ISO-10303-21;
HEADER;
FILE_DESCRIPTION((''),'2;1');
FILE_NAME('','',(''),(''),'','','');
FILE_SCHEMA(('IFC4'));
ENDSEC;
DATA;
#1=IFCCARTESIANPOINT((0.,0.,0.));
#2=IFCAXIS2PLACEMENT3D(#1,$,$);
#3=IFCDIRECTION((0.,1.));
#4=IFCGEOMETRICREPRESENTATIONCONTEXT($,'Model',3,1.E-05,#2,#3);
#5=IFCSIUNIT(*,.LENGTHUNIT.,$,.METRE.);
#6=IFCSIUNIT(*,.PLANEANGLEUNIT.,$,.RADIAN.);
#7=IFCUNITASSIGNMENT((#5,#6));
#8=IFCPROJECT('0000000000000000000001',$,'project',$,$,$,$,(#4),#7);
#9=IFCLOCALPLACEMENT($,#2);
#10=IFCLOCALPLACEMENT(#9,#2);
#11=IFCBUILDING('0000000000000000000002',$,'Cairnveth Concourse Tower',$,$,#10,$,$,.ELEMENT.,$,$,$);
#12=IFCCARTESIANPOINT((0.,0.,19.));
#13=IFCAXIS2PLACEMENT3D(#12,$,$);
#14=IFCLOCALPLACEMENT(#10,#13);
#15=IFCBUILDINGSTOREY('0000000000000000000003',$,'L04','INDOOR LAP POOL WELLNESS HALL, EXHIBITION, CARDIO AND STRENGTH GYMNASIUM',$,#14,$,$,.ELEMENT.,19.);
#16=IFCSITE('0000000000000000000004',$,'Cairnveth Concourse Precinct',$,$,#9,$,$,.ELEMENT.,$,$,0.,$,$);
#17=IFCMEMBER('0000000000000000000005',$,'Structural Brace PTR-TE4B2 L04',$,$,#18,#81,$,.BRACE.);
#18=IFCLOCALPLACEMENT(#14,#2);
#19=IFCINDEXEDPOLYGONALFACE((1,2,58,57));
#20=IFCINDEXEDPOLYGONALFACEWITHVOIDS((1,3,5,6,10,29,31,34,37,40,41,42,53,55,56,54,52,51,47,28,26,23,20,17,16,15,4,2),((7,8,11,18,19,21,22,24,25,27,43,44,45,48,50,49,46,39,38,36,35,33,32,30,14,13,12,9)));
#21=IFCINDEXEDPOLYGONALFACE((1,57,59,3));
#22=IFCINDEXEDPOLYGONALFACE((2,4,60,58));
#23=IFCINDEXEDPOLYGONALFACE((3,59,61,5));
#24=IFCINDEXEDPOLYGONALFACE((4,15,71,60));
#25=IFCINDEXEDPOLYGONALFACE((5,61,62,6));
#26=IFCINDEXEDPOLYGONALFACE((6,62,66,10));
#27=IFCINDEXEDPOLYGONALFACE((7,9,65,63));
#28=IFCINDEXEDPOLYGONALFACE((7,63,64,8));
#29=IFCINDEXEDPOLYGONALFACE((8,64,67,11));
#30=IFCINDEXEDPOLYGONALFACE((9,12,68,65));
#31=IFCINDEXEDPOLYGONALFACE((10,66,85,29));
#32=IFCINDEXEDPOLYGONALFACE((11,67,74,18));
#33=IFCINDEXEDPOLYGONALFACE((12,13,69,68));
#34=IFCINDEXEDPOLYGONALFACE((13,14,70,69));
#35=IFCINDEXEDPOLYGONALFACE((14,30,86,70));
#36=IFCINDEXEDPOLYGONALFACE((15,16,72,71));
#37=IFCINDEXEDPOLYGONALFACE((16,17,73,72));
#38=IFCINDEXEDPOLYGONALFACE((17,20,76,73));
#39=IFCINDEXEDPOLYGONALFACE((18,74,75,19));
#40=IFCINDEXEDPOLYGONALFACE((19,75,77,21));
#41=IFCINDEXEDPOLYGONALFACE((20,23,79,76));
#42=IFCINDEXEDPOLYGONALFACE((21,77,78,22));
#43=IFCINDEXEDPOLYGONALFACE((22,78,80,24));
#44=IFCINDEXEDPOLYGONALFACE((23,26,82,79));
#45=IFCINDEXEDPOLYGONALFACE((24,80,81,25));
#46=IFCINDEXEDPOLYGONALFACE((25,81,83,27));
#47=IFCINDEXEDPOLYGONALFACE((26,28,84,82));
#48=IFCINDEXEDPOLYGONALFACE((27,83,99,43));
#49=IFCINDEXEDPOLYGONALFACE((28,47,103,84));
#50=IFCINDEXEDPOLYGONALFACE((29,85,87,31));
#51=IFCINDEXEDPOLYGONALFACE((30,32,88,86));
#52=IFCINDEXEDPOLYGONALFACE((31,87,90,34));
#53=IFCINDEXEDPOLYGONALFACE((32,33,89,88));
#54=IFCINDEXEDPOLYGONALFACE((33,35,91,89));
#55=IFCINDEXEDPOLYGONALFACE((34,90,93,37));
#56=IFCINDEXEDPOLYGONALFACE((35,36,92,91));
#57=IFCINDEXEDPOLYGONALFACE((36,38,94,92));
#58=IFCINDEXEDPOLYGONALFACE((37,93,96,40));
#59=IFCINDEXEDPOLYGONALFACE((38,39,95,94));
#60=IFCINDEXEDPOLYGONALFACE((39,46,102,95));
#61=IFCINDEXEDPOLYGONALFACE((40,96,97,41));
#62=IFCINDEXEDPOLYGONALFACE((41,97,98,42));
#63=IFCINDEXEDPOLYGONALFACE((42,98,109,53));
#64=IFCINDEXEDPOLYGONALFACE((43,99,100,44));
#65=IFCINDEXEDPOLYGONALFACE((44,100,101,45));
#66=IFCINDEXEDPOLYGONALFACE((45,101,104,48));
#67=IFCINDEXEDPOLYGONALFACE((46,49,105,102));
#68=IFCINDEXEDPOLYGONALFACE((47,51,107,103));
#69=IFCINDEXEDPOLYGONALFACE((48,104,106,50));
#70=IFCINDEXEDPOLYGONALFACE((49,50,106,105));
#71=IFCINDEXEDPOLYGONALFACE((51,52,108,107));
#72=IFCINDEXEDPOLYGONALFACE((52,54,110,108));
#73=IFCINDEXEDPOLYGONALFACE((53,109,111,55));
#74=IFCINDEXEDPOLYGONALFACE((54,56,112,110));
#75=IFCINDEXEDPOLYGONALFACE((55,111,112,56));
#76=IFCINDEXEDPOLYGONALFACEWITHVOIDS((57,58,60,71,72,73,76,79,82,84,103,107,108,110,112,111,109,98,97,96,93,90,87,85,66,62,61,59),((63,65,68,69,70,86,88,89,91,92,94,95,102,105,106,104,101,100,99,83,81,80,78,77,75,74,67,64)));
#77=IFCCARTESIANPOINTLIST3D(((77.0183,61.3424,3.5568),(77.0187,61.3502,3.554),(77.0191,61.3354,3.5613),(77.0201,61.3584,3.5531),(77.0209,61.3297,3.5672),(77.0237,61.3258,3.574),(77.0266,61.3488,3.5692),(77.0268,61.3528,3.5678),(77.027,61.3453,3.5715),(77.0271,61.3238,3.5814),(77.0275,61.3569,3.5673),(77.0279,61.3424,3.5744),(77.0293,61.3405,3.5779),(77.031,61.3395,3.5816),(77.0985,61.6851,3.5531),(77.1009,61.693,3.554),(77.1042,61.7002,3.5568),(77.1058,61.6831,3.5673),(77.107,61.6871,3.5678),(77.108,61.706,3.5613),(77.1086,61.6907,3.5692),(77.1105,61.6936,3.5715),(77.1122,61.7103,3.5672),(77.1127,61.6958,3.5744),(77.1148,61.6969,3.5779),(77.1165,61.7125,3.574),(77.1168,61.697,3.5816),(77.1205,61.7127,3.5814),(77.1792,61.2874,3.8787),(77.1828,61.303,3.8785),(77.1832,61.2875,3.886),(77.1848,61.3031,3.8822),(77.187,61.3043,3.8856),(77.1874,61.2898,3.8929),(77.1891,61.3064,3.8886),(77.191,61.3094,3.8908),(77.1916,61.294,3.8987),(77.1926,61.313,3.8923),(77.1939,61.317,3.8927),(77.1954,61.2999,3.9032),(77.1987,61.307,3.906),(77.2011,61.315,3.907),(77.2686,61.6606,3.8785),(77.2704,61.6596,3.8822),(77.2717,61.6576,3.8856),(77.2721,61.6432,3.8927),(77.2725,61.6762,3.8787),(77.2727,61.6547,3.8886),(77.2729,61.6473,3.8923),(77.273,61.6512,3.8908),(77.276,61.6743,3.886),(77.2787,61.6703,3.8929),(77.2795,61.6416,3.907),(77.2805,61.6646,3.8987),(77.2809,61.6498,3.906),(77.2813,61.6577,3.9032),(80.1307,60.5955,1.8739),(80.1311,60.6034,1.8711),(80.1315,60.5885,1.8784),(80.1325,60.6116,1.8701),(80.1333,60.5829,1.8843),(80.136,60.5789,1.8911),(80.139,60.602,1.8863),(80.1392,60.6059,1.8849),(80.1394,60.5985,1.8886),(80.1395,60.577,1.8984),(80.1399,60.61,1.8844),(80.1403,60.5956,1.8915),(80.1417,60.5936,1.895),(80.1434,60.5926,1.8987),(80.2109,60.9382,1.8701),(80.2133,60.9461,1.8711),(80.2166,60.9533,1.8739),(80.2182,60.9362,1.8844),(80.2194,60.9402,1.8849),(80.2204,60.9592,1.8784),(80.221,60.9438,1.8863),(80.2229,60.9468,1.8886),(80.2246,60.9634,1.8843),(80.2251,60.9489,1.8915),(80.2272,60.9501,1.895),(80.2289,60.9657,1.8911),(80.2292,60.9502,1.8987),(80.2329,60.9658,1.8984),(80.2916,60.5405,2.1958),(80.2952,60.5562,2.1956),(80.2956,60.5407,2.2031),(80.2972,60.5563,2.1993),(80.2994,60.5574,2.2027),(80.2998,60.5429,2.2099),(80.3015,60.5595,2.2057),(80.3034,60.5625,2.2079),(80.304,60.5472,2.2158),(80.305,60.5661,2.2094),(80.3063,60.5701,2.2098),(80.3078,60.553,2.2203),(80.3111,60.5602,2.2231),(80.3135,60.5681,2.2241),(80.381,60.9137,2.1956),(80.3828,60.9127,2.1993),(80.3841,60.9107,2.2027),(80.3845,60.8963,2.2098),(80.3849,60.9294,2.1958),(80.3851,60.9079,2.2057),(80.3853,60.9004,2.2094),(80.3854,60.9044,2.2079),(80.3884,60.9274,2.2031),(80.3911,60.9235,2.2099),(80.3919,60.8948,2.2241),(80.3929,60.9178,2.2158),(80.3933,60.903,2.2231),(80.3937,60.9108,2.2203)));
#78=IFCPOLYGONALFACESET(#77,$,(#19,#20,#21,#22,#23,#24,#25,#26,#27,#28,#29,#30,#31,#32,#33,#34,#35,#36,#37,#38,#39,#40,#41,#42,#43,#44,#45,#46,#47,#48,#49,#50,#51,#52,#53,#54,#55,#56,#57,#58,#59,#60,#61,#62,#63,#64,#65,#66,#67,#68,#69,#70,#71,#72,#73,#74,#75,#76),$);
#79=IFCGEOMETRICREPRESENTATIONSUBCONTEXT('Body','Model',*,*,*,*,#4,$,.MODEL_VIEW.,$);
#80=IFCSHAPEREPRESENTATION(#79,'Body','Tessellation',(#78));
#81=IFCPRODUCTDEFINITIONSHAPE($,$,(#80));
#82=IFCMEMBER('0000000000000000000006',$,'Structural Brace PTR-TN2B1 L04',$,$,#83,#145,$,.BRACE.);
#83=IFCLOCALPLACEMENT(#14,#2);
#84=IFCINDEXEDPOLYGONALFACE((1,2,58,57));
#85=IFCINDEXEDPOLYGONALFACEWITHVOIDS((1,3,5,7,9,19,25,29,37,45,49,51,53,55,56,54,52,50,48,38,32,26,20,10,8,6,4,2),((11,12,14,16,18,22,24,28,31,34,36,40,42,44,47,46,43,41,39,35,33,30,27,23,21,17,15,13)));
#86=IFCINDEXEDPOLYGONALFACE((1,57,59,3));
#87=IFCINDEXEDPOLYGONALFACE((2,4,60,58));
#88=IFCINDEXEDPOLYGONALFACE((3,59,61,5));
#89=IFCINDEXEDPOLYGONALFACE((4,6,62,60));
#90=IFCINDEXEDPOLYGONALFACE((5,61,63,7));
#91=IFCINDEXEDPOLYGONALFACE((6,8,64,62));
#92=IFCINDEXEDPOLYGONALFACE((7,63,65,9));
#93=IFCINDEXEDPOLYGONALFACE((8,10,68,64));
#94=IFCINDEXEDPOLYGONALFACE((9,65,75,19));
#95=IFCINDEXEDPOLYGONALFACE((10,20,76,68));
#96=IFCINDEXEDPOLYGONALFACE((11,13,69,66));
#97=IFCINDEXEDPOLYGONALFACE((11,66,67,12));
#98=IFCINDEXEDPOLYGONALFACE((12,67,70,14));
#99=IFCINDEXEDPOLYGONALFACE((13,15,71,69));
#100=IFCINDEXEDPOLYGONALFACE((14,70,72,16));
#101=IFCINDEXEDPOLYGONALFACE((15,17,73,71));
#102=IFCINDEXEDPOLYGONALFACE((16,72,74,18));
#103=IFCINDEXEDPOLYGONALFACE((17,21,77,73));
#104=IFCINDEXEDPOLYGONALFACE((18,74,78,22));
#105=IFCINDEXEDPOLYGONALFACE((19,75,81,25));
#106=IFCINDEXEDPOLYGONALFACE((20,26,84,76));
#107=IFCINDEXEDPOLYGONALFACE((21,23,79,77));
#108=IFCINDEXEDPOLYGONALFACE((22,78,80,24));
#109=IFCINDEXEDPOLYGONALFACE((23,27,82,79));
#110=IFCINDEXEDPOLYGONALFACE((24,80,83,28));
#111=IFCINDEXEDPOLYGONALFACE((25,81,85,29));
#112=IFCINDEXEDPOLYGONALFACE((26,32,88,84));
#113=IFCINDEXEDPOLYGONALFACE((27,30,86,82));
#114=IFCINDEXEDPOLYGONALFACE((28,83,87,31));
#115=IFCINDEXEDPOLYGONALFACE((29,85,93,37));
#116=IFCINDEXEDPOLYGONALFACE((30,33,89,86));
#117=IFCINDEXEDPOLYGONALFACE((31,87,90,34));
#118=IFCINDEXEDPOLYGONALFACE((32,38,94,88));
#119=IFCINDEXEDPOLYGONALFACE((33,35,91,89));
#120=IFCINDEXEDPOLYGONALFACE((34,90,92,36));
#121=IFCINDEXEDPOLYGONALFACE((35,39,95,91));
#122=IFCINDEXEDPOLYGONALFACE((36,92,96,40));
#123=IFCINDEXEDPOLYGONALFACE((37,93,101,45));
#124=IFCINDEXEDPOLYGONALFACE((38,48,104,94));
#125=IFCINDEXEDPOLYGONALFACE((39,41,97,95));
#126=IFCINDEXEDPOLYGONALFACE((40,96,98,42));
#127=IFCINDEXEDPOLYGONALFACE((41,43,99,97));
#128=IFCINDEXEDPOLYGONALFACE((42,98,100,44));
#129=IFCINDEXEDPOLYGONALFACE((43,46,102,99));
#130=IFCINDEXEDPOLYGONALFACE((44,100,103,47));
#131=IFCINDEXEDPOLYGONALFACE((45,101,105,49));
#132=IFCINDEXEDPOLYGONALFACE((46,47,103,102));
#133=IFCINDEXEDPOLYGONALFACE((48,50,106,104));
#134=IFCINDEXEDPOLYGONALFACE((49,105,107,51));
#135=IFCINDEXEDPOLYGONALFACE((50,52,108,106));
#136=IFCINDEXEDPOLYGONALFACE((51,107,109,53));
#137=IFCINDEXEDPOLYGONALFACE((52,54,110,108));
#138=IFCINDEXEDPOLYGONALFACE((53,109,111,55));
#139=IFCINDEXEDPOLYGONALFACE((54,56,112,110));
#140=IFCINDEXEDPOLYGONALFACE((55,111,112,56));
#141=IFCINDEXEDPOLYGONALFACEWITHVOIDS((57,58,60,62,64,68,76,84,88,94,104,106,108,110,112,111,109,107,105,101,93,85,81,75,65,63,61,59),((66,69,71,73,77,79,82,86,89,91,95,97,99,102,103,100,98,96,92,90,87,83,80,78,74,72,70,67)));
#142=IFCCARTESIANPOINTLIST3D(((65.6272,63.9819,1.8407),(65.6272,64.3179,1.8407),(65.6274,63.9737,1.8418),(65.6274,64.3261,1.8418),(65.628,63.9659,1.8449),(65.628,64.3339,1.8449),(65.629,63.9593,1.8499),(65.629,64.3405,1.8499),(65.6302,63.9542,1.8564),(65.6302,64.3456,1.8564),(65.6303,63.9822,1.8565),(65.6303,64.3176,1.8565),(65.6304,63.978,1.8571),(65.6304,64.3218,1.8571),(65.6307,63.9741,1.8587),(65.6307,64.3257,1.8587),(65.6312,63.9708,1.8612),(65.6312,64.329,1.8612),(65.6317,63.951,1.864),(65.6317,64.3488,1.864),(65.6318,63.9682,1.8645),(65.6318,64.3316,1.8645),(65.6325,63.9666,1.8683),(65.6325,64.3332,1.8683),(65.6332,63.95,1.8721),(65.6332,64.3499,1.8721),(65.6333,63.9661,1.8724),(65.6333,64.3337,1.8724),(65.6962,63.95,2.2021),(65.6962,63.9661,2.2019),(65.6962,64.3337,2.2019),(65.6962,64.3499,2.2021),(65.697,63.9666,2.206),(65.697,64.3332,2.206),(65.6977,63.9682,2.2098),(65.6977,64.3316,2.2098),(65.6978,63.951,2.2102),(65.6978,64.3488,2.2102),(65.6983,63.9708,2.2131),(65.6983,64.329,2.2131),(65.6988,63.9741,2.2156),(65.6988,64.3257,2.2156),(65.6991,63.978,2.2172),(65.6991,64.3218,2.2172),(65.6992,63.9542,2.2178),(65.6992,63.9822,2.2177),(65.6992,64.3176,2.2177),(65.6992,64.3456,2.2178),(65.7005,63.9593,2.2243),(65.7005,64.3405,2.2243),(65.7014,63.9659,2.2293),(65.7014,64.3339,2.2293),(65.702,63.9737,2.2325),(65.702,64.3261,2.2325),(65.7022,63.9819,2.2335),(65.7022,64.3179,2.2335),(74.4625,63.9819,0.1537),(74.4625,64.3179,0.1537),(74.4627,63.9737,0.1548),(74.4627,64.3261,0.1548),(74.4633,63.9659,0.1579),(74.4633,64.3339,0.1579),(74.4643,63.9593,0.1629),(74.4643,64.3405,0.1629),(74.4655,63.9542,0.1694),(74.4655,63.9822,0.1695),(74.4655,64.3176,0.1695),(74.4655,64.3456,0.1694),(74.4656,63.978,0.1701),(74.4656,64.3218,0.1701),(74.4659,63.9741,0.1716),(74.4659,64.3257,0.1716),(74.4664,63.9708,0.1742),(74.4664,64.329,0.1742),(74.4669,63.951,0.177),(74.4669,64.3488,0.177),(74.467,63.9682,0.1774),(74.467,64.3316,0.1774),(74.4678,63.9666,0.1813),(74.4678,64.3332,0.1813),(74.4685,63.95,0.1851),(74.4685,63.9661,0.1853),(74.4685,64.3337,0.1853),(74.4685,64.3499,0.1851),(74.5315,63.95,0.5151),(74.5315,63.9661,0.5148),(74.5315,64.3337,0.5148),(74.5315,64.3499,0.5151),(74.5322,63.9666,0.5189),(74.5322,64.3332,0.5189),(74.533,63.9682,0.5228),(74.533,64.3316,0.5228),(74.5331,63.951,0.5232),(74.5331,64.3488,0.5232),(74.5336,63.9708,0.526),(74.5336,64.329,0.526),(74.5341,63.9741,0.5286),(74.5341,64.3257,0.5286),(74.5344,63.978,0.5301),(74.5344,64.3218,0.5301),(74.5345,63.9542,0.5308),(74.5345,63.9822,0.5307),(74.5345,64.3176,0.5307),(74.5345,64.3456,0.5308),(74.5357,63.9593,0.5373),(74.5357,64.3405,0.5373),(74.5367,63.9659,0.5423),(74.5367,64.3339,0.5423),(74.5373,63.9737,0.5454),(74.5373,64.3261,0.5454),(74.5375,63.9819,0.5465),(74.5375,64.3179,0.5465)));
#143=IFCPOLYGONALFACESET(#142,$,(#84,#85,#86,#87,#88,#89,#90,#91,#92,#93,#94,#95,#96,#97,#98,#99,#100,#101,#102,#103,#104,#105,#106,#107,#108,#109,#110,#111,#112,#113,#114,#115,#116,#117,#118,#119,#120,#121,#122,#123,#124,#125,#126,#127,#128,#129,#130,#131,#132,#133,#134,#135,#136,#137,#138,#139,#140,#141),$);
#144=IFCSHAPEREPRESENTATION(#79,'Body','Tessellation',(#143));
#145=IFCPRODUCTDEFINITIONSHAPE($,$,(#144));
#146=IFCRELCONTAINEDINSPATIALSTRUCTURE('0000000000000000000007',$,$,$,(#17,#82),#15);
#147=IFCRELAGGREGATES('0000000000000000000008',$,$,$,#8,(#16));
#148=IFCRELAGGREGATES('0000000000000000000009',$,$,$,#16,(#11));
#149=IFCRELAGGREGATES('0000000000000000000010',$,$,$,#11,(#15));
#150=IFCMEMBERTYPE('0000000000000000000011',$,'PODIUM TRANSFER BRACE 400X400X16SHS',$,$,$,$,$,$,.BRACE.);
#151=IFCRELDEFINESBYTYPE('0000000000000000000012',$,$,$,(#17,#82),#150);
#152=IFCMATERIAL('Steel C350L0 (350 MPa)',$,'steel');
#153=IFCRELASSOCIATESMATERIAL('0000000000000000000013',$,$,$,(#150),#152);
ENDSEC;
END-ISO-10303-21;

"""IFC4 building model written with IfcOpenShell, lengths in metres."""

from ifc_helpers import new_model, si_unit, direction, frame, origin, origin_2d, place, context, subcontext, project, spatial, hollow_rectangle, extrude, material, material_profile, profile_set, type_object, element, save


model = new_model("IFC4")

# Units and contexts
model_context = context("Model", 3, precision=1e-05, world=origin(), true_north=direction((0.0, 1.0)))
body_context = subcontext(model_context, "Body", "Model", "MODEL_VIEW")
ifc_project = project(units=[si_unit("LENGTHUNIT", "METRE"), si_unit("PLANEANGLEUNIT", "RADIAN")], contexts=[model_context])

# Site, building, storey
site_placement = place(None, origin())
site = spatial("IfcSite", under=ifc_project, at=site_placement, Name="Cairnveth Concourse Precinct", CompositionType="ELEMENT", RefElevation=0.0)
building_placement = place(site_placement, origin())
building = spatial("IfcBuilding", under=site, at=building_placement, Name="Cairnveth Concourse Tower", CompositionType="ELEMENT")
storey_placement = place(building_placement, frame((0.0, 0.0, 19.0)))
storey = spatial("IfcBuildingStorey", under=building, at=storey_placement, Name="L04", Description="INDOOR LAP POOL WELLNESS HALL, EXHIBITION, CARDIO AND STRENGTH GYMNASIUM", CompositionType="ELEMENT", Elevation=19.0)

# Members
ifc_material_1 = material(Name="Steel C350L0 (350 MPa)", Category="steel")
ifc_material_profile_1 = material_profile(ifc_material_1, hollow_rectangle(XDim=0.3999, YDim=0.3999, WallThickness=0.0161, InnerFilletRadius=0.0161, OuterFilletRadius=0.032, at=origin_2d()), Name="400x400x16.0SHS")
ifc_profile_set_1 = profile_set([ifc_material_profile_1], Name="Steel C350L0 (350 MPa)")
member_type = type_object("IfcMemberType", Name="PODIUM TRANSFER BRACE 400X400X16SHS", PredefinedType="BRACE", material=ifc_profile_set_1)
member_1_placement = place(storey_placement, frame((80.2622, 60.7532, 2.0471), z_axis=(-0.860679, 0.206528, 0.46538), x_axis=(-0.233335, -0.972396, 0.0)))
element("IfcMember", 1, at=member_1_placement, inside=storey, type_object=member_type, Name="Structural Brace PTR-TE4B2 L04", PredefinedType="BRACE", context=body_context, shape_type="SweptSolid", body=[
    extrude(hollow_rectangle(XDim=0.3999, YDim=0.3999, WallThickness=0.0161, InnerFilletRadius=0.0161, OuterFilletRadius=0.032, at=origin_2d()), origin(), (0.0, 0.0, 1.0), 3.6162),
])
for number, where, z_axis, x_axis, name in (
    (2, (74.5, 64.1499, 0.3501), (-0.982254, 0.0, 0.187554), (0.0, -1.0, 0.0), "Structural Brace PTR-TN2B1 L04"),
):
    element("IfcMember", number, at=place(storey_placement, frame(where, z_axis=z_axis, x_axis=x_axis)), inside=storey, type_object=member_type, Name=name, PredefinedType="BRACE", context=body_context, shape_type="SweptSolid", body=[
        extrude(hollow_rectangle(XDim=0.3999, YDim=0.3999, WallThickness=0.0161, InnerFilletRadius=0.0161, OuterFilletRadius=0.032, at=origin_2d()), origin(), (0.0, 0.0, 1.0), 8.9949),
    ])

save(model, "model.ifc")
